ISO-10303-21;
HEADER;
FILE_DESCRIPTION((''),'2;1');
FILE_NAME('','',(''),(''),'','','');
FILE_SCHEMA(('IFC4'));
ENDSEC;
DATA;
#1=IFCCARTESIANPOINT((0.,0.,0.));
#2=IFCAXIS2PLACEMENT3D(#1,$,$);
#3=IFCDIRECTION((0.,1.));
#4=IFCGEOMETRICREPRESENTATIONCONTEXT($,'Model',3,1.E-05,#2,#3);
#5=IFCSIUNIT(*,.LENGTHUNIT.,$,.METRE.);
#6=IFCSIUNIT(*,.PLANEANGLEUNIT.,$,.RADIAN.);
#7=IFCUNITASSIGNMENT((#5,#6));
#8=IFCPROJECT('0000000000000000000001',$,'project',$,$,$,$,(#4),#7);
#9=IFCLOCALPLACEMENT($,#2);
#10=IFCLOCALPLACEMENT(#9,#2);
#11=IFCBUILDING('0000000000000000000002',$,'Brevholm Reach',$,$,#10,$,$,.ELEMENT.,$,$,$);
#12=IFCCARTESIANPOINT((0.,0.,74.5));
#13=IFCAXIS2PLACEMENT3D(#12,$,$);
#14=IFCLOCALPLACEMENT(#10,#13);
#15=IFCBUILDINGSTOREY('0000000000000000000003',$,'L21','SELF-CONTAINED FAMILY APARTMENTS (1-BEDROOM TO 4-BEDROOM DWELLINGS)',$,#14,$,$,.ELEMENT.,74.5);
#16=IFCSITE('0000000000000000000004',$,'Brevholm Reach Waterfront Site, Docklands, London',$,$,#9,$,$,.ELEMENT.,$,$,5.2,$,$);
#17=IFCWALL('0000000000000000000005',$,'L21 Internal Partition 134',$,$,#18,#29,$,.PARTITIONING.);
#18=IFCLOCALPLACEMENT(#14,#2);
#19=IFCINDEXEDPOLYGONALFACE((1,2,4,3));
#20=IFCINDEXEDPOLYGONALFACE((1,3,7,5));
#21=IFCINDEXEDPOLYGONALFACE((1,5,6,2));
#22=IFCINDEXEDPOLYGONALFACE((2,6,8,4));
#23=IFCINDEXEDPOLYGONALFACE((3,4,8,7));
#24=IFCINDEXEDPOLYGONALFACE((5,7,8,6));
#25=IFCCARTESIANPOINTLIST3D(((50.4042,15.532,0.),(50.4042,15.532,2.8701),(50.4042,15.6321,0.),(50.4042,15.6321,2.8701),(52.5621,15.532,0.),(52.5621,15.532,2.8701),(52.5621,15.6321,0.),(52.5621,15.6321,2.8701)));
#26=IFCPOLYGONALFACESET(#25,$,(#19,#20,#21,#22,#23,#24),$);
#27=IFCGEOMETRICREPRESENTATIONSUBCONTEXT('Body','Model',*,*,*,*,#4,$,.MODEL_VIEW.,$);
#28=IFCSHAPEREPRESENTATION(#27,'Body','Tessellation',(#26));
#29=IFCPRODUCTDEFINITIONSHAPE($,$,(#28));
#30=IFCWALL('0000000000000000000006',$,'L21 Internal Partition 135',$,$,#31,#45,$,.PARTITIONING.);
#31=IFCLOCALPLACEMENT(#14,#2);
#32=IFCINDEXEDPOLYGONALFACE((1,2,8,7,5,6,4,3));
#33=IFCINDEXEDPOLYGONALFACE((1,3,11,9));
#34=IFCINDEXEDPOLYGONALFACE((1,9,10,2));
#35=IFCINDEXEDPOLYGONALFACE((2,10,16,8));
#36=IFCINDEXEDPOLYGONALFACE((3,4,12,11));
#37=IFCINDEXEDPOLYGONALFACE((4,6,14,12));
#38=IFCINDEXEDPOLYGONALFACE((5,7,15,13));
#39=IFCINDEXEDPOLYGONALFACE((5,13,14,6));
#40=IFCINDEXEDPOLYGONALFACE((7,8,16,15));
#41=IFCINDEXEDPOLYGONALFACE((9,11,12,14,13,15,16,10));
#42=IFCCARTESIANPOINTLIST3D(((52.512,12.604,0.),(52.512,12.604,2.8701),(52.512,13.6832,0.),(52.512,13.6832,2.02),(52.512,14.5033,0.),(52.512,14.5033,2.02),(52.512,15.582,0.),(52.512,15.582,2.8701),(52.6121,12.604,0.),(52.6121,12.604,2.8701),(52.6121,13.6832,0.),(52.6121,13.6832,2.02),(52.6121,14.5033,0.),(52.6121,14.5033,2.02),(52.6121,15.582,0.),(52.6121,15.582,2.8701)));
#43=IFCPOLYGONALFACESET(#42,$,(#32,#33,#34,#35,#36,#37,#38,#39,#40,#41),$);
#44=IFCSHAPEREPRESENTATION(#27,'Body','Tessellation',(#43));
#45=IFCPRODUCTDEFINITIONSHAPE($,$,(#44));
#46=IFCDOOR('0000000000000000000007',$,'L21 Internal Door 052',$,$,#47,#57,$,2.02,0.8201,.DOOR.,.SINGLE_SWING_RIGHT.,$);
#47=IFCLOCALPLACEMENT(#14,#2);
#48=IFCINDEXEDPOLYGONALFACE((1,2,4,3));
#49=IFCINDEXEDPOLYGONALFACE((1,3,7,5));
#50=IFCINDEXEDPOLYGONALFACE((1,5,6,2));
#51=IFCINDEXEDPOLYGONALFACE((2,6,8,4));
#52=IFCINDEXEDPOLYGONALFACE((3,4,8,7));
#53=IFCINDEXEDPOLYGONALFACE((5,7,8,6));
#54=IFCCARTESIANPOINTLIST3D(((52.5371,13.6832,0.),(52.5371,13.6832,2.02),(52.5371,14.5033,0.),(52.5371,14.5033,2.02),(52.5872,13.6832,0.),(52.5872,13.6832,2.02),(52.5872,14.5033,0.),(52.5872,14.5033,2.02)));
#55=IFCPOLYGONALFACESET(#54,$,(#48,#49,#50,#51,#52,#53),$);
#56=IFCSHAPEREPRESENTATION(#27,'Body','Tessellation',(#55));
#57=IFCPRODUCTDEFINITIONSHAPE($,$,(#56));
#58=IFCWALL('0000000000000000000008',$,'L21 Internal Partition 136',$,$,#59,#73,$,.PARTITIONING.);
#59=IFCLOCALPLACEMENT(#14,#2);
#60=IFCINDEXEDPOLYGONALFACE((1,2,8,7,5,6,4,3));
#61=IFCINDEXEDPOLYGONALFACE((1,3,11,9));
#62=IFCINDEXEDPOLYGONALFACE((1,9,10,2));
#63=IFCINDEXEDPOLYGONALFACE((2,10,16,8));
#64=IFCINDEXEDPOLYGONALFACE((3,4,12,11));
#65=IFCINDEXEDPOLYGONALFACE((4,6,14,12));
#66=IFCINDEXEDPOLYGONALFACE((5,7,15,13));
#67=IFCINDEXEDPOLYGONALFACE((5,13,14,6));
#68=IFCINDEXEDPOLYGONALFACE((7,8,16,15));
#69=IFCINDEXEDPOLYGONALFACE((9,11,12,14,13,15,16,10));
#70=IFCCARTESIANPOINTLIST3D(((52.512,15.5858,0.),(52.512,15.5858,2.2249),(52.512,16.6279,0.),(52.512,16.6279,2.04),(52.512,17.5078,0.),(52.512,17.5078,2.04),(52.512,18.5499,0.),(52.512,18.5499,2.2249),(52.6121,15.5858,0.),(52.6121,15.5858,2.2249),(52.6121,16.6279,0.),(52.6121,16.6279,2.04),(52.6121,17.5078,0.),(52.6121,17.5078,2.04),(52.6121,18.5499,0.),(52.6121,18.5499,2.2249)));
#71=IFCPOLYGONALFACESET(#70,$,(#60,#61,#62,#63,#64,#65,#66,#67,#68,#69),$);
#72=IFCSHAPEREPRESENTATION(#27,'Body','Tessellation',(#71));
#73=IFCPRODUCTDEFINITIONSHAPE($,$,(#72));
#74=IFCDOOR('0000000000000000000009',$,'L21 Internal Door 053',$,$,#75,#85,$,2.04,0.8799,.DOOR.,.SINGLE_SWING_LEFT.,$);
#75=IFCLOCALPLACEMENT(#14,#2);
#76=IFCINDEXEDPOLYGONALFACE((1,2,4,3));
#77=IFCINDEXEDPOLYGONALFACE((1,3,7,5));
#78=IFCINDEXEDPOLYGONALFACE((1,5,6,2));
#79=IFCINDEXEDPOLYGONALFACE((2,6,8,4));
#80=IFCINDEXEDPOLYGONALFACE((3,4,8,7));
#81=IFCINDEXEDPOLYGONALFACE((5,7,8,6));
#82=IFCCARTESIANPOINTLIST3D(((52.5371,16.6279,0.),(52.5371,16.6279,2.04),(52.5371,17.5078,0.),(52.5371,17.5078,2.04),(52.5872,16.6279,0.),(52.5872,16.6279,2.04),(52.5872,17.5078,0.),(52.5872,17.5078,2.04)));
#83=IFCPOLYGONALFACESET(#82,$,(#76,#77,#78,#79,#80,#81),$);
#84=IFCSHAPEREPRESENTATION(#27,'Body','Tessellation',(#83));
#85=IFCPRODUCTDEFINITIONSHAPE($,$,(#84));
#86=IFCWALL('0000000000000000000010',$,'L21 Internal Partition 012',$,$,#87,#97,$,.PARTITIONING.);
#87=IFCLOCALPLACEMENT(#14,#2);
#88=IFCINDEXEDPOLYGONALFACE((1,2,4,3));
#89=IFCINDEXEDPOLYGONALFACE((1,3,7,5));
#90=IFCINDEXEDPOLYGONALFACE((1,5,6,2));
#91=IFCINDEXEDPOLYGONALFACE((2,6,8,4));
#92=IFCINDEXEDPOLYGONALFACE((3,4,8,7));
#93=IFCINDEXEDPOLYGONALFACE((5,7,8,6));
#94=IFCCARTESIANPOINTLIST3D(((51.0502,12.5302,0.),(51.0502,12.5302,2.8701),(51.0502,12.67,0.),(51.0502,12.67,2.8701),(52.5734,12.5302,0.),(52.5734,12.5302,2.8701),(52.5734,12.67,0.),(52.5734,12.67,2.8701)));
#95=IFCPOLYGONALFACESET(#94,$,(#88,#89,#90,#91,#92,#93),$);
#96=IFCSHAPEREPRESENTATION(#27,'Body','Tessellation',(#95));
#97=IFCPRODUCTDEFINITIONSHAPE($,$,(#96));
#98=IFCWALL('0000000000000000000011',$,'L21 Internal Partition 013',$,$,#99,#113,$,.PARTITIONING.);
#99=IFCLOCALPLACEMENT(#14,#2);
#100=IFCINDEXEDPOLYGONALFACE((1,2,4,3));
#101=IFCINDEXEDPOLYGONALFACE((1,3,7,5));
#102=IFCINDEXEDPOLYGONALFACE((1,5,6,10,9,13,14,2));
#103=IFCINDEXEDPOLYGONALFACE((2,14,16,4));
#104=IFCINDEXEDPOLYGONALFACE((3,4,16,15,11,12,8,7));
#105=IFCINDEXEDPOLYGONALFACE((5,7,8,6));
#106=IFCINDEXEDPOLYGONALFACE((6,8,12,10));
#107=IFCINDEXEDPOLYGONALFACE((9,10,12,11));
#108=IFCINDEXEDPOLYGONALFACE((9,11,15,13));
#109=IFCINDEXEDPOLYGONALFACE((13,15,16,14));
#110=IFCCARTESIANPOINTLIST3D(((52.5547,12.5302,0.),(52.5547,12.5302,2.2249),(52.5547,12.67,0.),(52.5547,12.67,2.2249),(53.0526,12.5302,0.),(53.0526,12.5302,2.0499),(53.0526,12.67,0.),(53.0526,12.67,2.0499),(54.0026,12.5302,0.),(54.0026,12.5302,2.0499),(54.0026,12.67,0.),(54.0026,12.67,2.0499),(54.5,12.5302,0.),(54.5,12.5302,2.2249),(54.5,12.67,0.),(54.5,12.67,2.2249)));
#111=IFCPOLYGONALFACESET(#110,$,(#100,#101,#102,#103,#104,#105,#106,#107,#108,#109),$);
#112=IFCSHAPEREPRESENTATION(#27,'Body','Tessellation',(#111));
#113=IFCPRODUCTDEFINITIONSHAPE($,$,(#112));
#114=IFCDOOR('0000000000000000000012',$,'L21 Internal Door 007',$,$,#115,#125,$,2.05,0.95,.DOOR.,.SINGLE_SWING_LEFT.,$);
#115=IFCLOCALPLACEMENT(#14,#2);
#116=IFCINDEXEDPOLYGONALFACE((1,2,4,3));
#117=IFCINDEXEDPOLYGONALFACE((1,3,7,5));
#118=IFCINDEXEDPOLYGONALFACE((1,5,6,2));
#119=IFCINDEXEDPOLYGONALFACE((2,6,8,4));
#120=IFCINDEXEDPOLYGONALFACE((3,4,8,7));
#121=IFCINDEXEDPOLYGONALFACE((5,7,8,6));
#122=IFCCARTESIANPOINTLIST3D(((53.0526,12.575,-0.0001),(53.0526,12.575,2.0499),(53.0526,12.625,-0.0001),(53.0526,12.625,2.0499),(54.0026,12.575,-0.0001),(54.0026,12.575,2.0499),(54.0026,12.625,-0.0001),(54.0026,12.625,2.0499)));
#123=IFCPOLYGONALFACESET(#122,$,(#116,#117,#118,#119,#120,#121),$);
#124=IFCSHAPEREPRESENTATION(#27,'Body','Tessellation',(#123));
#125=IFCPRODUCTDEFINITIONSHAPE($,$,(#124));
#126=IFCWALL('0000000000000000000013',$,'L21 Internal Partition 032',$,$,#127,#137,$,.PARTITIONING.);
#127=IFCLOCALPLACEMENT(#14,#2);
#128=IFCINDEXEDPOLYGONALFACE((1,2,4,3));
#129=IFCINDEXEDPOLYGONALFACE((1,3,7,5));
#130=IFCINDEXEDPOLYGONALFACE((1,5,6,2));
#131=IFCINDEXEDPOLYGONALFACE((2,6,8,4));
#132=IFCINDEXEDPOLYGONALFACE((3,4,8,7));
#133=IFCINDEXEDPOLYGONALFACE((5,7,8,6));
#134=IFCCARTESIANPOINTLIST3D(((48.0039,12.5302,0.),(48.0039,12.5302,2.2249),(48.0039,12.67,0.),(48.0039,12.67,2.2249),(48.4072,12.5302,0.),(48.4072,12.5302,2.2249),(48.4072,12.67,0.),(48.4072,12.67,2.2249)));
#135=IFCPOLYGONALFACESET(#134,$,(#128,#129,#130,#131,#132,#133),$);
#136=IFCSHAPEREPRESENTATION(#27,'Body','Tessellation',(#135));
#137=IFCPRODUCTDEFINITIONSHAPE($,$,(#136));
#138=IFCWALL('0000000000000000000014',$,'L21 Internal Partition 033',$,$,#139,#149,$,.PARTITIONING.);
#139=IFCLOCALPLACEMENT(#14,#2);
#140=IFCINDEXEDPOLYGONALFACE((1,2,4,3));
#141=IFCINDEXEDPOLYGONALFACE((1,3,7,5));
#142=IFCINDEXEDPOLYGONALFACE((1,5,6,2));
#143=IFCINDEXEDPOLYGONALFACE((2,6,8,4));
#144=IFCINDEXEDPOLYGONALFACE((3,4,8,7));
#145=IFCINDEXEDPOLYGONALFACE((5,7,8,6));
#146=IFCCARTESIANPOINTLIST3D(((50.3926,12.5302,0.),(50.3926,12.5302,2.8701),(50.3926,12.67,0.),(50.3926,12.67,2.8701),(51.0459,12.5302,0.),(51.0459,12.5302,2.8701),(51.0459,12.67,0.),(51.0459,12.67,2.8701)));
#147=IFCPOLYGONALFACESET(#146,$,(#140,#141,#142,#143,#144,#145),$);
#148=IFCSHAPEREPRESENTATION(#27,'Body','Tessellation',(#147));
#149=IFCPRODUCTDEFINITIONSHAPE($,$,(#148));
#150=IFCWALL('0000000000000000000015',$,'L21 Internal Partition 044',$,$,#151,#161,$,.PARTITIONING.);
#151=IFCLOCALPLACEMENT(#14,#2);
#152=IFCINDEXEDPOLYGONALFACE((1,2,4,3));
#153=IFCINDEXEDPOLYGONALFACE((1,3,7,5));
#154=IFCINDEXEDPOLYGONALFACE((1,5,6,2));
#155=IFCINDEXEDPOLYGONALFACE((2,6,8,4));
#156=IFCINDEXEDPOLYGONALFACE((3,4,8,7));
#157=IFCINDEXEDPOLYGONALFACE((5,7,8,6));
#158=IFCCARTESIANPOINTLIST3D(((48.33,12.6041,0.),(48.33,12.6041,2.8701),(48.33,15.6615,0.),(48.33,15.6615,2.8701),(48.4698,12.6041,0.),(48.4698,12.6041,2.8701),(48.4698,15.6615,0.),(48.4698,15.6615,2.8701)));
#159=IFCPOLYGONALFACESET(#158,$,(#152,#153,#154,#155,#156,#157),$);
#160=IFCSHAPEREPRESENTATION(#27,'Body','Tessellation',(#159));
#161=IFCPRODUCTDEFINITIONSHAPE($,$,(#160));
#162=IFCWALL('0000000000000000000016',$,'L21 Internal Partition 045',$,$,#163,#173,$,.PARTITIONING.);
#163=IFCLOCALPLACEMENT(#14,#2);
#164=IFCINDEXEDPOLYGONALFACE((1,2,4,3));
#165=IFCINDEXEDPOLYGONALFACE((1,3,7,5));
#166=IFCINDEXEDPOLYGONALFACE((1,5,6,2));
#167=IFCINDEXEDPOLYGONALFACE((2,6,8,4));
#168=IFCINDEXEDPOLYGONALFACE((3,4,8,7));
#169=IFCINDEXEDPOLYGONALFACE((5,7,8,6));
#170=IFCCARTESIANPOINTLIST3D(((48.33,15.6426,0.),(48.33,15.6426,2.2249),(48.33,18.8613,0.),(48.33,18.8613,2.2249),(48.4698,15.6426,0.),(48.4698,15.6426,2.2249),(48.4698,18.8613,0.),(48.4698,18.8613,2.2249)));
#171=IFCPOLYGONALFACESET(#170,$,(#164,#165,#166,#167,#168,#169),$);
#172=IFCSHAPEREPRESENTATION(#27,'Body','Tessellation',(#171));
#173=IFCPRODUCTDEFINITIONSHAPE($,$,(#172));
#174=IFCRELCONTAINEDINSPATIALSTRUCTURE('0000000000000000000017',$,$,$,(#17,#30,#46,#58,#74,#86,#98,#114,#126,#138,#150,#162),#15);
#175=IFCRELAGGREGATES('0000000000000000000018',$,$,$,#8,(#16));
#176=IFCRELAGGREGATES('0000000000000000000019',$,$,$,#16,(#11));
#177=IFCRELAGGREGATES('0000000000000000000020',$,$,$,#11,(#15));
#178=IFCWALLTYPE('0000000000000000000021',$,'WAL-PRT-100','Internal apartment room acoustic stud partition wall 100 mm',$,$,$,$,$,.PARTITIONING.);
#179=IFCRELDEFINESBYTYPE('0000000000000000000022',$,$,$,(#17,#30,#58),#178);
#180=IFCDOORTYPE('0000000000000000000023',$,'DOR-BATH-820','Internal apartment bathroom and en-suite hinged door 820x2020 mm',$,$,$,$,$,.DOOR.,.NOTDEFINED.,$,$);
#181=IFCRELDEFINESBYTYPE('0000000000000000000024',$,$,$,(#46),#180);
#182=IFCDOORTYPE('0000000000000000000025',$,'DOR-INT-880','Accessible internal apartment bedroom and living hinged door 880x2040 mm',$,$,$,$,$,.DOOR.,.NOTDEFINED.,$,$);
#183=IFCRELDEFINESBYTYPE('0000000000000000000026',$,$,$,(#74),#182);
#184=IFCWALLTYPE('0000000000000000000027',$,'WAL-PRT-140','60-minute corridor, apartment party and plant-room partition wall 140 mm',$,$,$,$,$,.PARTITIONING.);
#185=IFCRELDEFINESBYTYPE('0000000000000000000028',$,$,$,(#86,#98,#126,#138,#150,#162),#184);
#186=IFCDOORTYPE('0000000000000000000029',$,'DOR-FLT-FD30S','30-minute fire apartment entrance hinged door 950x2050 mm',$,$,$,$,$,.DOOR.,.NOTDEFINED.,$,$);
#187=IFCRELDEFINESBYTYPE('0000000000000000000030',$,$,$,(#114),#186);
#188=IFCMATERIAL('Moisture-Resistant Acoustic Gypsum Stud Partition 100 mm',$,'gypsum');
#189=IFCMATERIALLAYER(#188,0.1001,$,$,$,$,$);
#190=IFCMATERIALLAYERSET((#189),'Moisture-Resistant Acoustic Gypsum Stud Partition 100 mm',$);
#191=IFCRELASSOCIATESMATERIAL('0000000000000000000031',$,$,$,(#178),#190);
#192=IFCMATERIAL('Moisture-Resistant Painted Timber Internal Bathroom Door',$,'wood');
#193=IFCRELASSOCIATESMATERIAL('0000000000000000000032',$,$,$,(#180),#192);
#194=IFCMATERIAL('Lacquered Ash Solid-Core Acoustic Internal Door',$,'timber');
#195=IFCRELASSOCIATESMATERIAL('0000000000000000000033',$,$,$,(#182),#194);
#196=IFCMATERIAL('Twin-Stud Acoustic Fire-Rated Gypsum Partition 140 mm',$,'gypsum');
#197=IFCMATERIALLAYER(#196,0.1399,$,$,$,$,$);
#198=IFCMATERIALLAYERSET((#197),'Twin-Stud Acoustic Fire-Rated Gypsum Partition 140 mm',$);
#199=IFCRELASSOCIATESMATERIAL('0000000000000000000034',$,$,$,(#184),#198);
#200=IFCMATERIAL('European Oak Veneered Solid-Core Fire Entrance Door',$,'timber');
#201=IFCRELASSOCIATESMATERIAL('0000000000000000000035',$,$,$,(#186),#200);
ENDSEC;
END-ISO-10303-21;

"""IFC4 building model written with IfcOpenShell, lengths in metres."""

from ifc_helpers import new_model, si_unit, direction, frame, frame_2d, origin, place, context, subcontext, project, spatial, rectangle, extrude, material, layer, layer_set, type_object, element, fill, save


model = new_model("IFC4")

# Units and contexts
model_context = context("Model", 3, precision=1e-05, world=origin(), true_north=direction((0.0, 1.0)))
body_context = subcontext(model_context, "Body", "Model", "MODEL_VIEW")
ifc_project = project(units=[si_unit("LENGTHUNIT", "METRE"), si_unit("PLANEANGLEUNIT", "RADIAN")], contexts=[model_context])

# Site, building, storey
site_placement = place(None, origin())
site = spatial("IfcSite", under=ifc_project, at=site_placement, Name="Brevholm Reach Waterfront Site, Docklands, London", CompositionType="ELEMENT", RefElevation=5.2)
building_placement = place(site_placement, origin())
building = spatial("IfcBuilding", under=site, at=building_placement, Name="Brevholm Reach", CompositionType="ELEMENT")
storey_placement = place(building_placement, frame((0.0, 0.0, 74.5)))
storey = spatial("IfcBuildingStorey", under=building, at=storey_placement, Name="L21", Description="SELF-CONTAINED FAMILY APARTMENTS (1-BEDROOM TO 4-BEDROOM DWELLINGS)", CompositionType="ELEMENT", Elevation=74.5)

# Wall
ifc_material_1 = material(Name="Moisture-Resistant Acoustic Gypsum Stud Partition 100 mm", Category="gypsum")
ifc_layer_1 = layer(ifc_material_1, 0.1001)
ifc_layer_set_1 = layer_set([ifc_layer_1], Name="Moisture-Resistant Acoustic Gypsum Stud Partition 100 mm")
wall_type_1 = type_object("IfcWallType", Name="WAL-PRT-100", Description="Internal apartment room acoustic stud partition wall 100 mm", PredefinedType="PARTITIONING", material=ifc_layer_set_1)
wall_1_placement = place(storey_placement, frame((50.4041, 15.582, 0.0), z_axis=(0.0, 0.0, 1.0), x_axis=(1.0, 0.0, 0.0)))
element("IfcWall", 1, at=wall_1_placement, inside=storey, type_object=wall_type_1, Name="L21 Internal Partition 134", PredefinedType="PARTITIONING", context=body_context, shape_type="SweptSolid", body=[
    extrude(rectangle(XDim=2.158, YDim=0.1001, at=frame_2d((1.0791, 0.0))), origin(), (0.0, 0.0, 1.0), 2.8701),
])

# Walls, openings, doors
wall_2_placement = place(storey_placement, frame((52.562, 12.604, 0.0), z_axis=(0.0, 0.0, 1.0), x_axis=(0.0, 1.0, 0.0)))
wall_2 = element("IfcWall", 2, at=wall_2_placement, inside=storey, type_object=wall_type_1, Name="L21 Internal Partition 135", PredefinedType="PARTITIONING", context=body_context, shape_type="SweptSolid", body=[
    extrude(rectangle(XDim=2.978, YDim=0.1001, at=frame_2d((1.489, 0.0))), origin(), (0.0, 0.0, 1.0), 2.8701),
])
opening_1_placement = place(wall_2_placement, frame((1.0791, 0.0, 0.0)))
opening_1 = element("IfcOpeningElement", 3, at=opening_1_placement, cuts=wall_2, PredefinedType="OPENING", context=body_context, shape_type="SweptSolid", body=[
    extrude(rectangle(XDim=0.8201, YDim=2.02, at=frame_2d((0.4102, 1.01))), frame((0.0, 0.0601, 0.0), z_axis=(0.0, -1.0, 0.0), x_axis=(1.0, 0.0, 0.0)), (0.0, 0.0, 1.0), 0.1201),
])
ifc_material_2 = material(Name="Moisture-Resistant Painted Timber Internal Bathroom Door", Category="wood")
door_type_1 = type_object("IfcDoorType", Name="DOR-BATH-820", Description="Internal apartment bathroom and en-suite hinged door 820x2020 mm", OperationType="NOTDEFINED", PredefinedType="DOOR", material=ifc_material_2)
door_1_placement = place(opening_1_placement, origin())
door_1 = element("IfcDoor", 4, at=door_1_placement, inside=storey, type_object=door_type_1, Name="L21 Internal Door 052", OperationType="SINGLE_SWING_RIGHT", OverallHeight=2.02, OverallWidth=0.8201, PredefinedType="DOOR", context=body_context, shape_type="SweptSolid", body=[
    extrude(rectangle(XDim=0.8201, YDim=2.02, at=frame_2d((0.4102, 1.01))), frame((0.0, 0.0249, 0.0), z_axis=(0.0, -1.0, 0.0), x_axis=(1.0, 0.0, 0.0)), (0.0, 0.0, 1.0), 0.05),
])
fill(opening_1, door_1)
wall_3_placement = place(storey_placement, frame((52.562, 15.5859, 0.0), z_axis=(0.0, 0.0, 1.0), x_axis=(0.0, 1.0, 0.0)))
wall_3 = element("IfcWall", 5, at=wall_3_placement, inside=storey, type_object=wall_type_1, Name="L21 Internal Partition 136", PredefinedType="PARTITIONING", context=body_context, shape_type="SweptSolid", body=[
    extrude(rectangle(XDim=2.9641, YDim=0.1001, at=frame_2d((1.4819, 0.0))), origin(), (0.0, 0.0, 1.0), 2.2249),
])
opening_2_placement = place(wall_3_placement, frame((1.042, 0.0, 0.0)))
opening_2 = element("IfcOpeningElement", 6, at=opening_2_placement, cuts=wall_3, PredefinedType="OPENING", context=body_context, shape_type="SweptSolid", body=[
    extrude(rectangle(XDim=0.8799, YDim=2.04, at=frame_2d((0.4399, 1.02))), frame((0.0, 0.0601, 0.0), z_axis=(0.0, -1.0, 0.0), x_axis=(1.0, 0.0, 0.0)), (0.0, 0.0, 1.0), 0.1201),
])
ifc_material_3 = material(Name="Lacquered Ash Solid-Core Acoustic Internal Door", Category="timber")
door_type_2 = type_object("IfcDoorType", Name="DOR-INT-880", Description="Accessible internal apartment bedroom and living hinged door 880x2040 mm", OperationType="NOTDEFINED", PredefinedType="DOOR", material=ifc_material_3)
door_2_placement = place(opening_2_placement, origin())
door_2 = element("IfcDoor", 7, at=door_2_placement, inside=storey, type_object=door_type_2, Name="L21 Internal Door 053", OperationType="SINGLE_SWING_LEFT", OverallHeight=2.04, OverallWidth=0.8799, PredefinedType="DOOR", context=body_context, shape_type="SweptSolid", body=[
    extrude(rectangle(XDim=0.8799, YDim=2.04, at=frame_2d((0.4399, 1.02))), frame((0.0, 0.0249, 0.0), z_axis=(0.0, -1.0, 0.0), x_axis=(1.0, 0.0, 0.0)), (0.0, 0.0, 1.0), 0.05),
])
fill(opening_2, door_2)

# Wall
ifc_material_4 = material(Name="Twin-Stud Acoustic Fire-Rated Gypsum Partition 140 mm", Category="gypsum")
ifc_layer_2 = layer(ifc_material_4, 0.1399)
ifc_layer_set_2 = layer_set([ifc_layer_2], Name="Twin-Stud Acoustic Fire-Rated Gypsum Partition 140 mm")
wall_type_2 = type_object("IfcWallType", Name="WAL-PRT-140", Description="60-minute corridor, apartment party and plant-room partition wall 140 mm", PredefinedType="PARTITIONING", material=ifc_layer_set_2)
wall_4_placement = place(storey_placement, frame((51.05, 12.6001, 0.0), z_axis=(0.0, 0.0, 1.0), x_axis=(1.0, 0.0, 0.0)))
element("IfcWall", 8, at=wall_4_placement, inside=storey, type_object=wall_type_2, Name="L21 Internal Partition 012", PredefinedType="PARTITIONING", context=body_context, shape_type="SweptSolid", body=[
    extrude(rectangle(XDim=1.5232, YDim=0.1399, at=frame_2d((0.7617, 0.0))), origin(), (0.0, 0.0, 1.0), 2.8701),
])

# Wall, opening, door
wall_5_placement = place(storey_placement, frame((52.5547, 12.6001, 0.0), z_axis=(0.0, 0.0, 1.0), x_axis=(1.0, 0.0, 0.0)))
wall_5 = element("IfcWall", 9, at=wall_5_placement, inside=storey, type_object=wall_type_2, Name="L21 Internal Partition 013", PredefinedType="PARTITIONING", context=body_context, shape_type="SweptSolid", body=[
    extrude(rectangle(XDim=1.9453, YDim=0.1399, at=frame_2d((0.9727, 0.0))), origin(), (0.0, 0.0, 1.0), 2.2249),
])
opening_3_placement = place(wall_5_placement, frame((0.4978, 0.0, 0.0)))
opening_3 = element("IfcOpeningElement", 10, at=opening_3_placement, cuts=wall_5, PredefinedType="OPENING", context=body_context, shape_type="SweptSolid", body=[
    extrude(rectangle(XDim=0.95, YDim=2.05, at=frame_2d((0.4751, 1.0249))), frame((0.0, 0.0798, 0.0), z_axis=(0.0, -1.0, 0.0), x_axis=(1.0, 0.0, 0.0)), (0.0, 0.0, 1.0), 0.1599),
])
ifc_material_5 = material(Name="European Oak Veneered Solid-Core Fire Entrance Door", Category="timber")
door_type_3 = type_object("IfcDoorType", Name="DOR-FLT-FD30S", Description="30-minute fire apartment entrance hinged door 950x2050 mm", OperationType="NOTDEFINED", PredefinedType="DOOR", material=ifc_material_5)
door_3_placement = place(opening_3_placement, origin())
door_3 = element("IfcDoor", 11, at=door_3_placement, inside=storey, type_object=door_type_3, Name="L21 Internal Door 007", OperationType="SINGLE_SWING_LEFT", OverallHeight=2.05, OverallWidth=0.95, PredefinedType="DOOR", context=body_context, shape_type="SweptSolid", body=[
    extrude(rectangle(XDim=0.95, YDim=2.05, at=frame_2d((0.4751, 1.0249))), frame((0.0, 0.0249, 0.0), z_axis=(0.0, -1.0, 0.0), x_axis=(1.0, 0.0, 0.0)), (0.0, 0.0, 1.0), 0.05),
])
fill(opening_3, door_3)

# Walls
wall_6_placement = place(storey_placement, frame((48.0039, 12.6001, 0.0), z_axis=(0.0, 0.0, 1.0), x_axis=(1.0, 0.0, 0.0)))
element("IfcWall", 12, at=wall_6_placement, inside=storey, type_object=wall_type_2, Name="L21 Internal Partition 032", PredefinedType="PARTITIONING", context=body_context, shape_type="SweptSolid", body=[
    extrude(rectangle(XDim=0.4033, YDim=0.1399, at=frame_2d((0.2017, 0.0))), origin(), (0.0, 0.0, 1.0), 2.2249),
])
wall_7_placement = place(storey_placement, frame((50.3926, 12.6001, 0.0), z_axis=(0.0, 0.0, 1.0), x_axis=(1.0, 0.0, 0.0)))
element("IfcWall", 13, at=wall_7_placement, inside=storey, type_object=wall_type_2, Name="L21 Internal Partition 033", PredefinedType="PARTITIONING", context=body_context, shape_type="SweptSolid", body=[
    extrude(rectangle(XDim=0.6533, YDim=0.1399, at=frame_2d((0.3267, 0.0))), origin(), (0.0, 0.0, 1.0), 2.8701),
])
wall_8_placement = place(storey_placement, frame((48.3999, 12.604, 0.0), z_axis=(0.0, 0.0, 1.0), x_axis=(0.0, 1.0, 0.0)))
element("IfcWall", 14, at=wall_8_placement, inside=storey, type_object=wall_type_2, Name="L21 Internal Partition 044", PredefinedType="PARTITIONING", context=body_context, shape_type="SweptSolid", body=[
    extrude(rectangle(XDim=3.0574, YDim=0.1399, at=frame_2d((1.5288, 0.0))), origin(), (0.0, 0.0, 1.0), 2.8701),
])
wall_9_placement = place(storey_placement, frame((48.3999, 15.6426, 0.0), z_axis=(0.0, 0.0, 1.0), x_axis=(0.0, 1.0, 0.0)))
element("IfcWall", 15, at=wall_9_placement, inside=storey, type_object=wall_type_2, Name="L21 Internal Partition 045", PredefinedType="PARTITIONING", context=body_context, shape_type="SweptSolid", body=[
    extrude(rectangle(XDim=3.2188, YDim=0.1399, at=frame_2d((1.6094, 0.0))), origin(), (0.0, 0.0, 1.0), 2.2249),
])

save(model, "model.ifc")
